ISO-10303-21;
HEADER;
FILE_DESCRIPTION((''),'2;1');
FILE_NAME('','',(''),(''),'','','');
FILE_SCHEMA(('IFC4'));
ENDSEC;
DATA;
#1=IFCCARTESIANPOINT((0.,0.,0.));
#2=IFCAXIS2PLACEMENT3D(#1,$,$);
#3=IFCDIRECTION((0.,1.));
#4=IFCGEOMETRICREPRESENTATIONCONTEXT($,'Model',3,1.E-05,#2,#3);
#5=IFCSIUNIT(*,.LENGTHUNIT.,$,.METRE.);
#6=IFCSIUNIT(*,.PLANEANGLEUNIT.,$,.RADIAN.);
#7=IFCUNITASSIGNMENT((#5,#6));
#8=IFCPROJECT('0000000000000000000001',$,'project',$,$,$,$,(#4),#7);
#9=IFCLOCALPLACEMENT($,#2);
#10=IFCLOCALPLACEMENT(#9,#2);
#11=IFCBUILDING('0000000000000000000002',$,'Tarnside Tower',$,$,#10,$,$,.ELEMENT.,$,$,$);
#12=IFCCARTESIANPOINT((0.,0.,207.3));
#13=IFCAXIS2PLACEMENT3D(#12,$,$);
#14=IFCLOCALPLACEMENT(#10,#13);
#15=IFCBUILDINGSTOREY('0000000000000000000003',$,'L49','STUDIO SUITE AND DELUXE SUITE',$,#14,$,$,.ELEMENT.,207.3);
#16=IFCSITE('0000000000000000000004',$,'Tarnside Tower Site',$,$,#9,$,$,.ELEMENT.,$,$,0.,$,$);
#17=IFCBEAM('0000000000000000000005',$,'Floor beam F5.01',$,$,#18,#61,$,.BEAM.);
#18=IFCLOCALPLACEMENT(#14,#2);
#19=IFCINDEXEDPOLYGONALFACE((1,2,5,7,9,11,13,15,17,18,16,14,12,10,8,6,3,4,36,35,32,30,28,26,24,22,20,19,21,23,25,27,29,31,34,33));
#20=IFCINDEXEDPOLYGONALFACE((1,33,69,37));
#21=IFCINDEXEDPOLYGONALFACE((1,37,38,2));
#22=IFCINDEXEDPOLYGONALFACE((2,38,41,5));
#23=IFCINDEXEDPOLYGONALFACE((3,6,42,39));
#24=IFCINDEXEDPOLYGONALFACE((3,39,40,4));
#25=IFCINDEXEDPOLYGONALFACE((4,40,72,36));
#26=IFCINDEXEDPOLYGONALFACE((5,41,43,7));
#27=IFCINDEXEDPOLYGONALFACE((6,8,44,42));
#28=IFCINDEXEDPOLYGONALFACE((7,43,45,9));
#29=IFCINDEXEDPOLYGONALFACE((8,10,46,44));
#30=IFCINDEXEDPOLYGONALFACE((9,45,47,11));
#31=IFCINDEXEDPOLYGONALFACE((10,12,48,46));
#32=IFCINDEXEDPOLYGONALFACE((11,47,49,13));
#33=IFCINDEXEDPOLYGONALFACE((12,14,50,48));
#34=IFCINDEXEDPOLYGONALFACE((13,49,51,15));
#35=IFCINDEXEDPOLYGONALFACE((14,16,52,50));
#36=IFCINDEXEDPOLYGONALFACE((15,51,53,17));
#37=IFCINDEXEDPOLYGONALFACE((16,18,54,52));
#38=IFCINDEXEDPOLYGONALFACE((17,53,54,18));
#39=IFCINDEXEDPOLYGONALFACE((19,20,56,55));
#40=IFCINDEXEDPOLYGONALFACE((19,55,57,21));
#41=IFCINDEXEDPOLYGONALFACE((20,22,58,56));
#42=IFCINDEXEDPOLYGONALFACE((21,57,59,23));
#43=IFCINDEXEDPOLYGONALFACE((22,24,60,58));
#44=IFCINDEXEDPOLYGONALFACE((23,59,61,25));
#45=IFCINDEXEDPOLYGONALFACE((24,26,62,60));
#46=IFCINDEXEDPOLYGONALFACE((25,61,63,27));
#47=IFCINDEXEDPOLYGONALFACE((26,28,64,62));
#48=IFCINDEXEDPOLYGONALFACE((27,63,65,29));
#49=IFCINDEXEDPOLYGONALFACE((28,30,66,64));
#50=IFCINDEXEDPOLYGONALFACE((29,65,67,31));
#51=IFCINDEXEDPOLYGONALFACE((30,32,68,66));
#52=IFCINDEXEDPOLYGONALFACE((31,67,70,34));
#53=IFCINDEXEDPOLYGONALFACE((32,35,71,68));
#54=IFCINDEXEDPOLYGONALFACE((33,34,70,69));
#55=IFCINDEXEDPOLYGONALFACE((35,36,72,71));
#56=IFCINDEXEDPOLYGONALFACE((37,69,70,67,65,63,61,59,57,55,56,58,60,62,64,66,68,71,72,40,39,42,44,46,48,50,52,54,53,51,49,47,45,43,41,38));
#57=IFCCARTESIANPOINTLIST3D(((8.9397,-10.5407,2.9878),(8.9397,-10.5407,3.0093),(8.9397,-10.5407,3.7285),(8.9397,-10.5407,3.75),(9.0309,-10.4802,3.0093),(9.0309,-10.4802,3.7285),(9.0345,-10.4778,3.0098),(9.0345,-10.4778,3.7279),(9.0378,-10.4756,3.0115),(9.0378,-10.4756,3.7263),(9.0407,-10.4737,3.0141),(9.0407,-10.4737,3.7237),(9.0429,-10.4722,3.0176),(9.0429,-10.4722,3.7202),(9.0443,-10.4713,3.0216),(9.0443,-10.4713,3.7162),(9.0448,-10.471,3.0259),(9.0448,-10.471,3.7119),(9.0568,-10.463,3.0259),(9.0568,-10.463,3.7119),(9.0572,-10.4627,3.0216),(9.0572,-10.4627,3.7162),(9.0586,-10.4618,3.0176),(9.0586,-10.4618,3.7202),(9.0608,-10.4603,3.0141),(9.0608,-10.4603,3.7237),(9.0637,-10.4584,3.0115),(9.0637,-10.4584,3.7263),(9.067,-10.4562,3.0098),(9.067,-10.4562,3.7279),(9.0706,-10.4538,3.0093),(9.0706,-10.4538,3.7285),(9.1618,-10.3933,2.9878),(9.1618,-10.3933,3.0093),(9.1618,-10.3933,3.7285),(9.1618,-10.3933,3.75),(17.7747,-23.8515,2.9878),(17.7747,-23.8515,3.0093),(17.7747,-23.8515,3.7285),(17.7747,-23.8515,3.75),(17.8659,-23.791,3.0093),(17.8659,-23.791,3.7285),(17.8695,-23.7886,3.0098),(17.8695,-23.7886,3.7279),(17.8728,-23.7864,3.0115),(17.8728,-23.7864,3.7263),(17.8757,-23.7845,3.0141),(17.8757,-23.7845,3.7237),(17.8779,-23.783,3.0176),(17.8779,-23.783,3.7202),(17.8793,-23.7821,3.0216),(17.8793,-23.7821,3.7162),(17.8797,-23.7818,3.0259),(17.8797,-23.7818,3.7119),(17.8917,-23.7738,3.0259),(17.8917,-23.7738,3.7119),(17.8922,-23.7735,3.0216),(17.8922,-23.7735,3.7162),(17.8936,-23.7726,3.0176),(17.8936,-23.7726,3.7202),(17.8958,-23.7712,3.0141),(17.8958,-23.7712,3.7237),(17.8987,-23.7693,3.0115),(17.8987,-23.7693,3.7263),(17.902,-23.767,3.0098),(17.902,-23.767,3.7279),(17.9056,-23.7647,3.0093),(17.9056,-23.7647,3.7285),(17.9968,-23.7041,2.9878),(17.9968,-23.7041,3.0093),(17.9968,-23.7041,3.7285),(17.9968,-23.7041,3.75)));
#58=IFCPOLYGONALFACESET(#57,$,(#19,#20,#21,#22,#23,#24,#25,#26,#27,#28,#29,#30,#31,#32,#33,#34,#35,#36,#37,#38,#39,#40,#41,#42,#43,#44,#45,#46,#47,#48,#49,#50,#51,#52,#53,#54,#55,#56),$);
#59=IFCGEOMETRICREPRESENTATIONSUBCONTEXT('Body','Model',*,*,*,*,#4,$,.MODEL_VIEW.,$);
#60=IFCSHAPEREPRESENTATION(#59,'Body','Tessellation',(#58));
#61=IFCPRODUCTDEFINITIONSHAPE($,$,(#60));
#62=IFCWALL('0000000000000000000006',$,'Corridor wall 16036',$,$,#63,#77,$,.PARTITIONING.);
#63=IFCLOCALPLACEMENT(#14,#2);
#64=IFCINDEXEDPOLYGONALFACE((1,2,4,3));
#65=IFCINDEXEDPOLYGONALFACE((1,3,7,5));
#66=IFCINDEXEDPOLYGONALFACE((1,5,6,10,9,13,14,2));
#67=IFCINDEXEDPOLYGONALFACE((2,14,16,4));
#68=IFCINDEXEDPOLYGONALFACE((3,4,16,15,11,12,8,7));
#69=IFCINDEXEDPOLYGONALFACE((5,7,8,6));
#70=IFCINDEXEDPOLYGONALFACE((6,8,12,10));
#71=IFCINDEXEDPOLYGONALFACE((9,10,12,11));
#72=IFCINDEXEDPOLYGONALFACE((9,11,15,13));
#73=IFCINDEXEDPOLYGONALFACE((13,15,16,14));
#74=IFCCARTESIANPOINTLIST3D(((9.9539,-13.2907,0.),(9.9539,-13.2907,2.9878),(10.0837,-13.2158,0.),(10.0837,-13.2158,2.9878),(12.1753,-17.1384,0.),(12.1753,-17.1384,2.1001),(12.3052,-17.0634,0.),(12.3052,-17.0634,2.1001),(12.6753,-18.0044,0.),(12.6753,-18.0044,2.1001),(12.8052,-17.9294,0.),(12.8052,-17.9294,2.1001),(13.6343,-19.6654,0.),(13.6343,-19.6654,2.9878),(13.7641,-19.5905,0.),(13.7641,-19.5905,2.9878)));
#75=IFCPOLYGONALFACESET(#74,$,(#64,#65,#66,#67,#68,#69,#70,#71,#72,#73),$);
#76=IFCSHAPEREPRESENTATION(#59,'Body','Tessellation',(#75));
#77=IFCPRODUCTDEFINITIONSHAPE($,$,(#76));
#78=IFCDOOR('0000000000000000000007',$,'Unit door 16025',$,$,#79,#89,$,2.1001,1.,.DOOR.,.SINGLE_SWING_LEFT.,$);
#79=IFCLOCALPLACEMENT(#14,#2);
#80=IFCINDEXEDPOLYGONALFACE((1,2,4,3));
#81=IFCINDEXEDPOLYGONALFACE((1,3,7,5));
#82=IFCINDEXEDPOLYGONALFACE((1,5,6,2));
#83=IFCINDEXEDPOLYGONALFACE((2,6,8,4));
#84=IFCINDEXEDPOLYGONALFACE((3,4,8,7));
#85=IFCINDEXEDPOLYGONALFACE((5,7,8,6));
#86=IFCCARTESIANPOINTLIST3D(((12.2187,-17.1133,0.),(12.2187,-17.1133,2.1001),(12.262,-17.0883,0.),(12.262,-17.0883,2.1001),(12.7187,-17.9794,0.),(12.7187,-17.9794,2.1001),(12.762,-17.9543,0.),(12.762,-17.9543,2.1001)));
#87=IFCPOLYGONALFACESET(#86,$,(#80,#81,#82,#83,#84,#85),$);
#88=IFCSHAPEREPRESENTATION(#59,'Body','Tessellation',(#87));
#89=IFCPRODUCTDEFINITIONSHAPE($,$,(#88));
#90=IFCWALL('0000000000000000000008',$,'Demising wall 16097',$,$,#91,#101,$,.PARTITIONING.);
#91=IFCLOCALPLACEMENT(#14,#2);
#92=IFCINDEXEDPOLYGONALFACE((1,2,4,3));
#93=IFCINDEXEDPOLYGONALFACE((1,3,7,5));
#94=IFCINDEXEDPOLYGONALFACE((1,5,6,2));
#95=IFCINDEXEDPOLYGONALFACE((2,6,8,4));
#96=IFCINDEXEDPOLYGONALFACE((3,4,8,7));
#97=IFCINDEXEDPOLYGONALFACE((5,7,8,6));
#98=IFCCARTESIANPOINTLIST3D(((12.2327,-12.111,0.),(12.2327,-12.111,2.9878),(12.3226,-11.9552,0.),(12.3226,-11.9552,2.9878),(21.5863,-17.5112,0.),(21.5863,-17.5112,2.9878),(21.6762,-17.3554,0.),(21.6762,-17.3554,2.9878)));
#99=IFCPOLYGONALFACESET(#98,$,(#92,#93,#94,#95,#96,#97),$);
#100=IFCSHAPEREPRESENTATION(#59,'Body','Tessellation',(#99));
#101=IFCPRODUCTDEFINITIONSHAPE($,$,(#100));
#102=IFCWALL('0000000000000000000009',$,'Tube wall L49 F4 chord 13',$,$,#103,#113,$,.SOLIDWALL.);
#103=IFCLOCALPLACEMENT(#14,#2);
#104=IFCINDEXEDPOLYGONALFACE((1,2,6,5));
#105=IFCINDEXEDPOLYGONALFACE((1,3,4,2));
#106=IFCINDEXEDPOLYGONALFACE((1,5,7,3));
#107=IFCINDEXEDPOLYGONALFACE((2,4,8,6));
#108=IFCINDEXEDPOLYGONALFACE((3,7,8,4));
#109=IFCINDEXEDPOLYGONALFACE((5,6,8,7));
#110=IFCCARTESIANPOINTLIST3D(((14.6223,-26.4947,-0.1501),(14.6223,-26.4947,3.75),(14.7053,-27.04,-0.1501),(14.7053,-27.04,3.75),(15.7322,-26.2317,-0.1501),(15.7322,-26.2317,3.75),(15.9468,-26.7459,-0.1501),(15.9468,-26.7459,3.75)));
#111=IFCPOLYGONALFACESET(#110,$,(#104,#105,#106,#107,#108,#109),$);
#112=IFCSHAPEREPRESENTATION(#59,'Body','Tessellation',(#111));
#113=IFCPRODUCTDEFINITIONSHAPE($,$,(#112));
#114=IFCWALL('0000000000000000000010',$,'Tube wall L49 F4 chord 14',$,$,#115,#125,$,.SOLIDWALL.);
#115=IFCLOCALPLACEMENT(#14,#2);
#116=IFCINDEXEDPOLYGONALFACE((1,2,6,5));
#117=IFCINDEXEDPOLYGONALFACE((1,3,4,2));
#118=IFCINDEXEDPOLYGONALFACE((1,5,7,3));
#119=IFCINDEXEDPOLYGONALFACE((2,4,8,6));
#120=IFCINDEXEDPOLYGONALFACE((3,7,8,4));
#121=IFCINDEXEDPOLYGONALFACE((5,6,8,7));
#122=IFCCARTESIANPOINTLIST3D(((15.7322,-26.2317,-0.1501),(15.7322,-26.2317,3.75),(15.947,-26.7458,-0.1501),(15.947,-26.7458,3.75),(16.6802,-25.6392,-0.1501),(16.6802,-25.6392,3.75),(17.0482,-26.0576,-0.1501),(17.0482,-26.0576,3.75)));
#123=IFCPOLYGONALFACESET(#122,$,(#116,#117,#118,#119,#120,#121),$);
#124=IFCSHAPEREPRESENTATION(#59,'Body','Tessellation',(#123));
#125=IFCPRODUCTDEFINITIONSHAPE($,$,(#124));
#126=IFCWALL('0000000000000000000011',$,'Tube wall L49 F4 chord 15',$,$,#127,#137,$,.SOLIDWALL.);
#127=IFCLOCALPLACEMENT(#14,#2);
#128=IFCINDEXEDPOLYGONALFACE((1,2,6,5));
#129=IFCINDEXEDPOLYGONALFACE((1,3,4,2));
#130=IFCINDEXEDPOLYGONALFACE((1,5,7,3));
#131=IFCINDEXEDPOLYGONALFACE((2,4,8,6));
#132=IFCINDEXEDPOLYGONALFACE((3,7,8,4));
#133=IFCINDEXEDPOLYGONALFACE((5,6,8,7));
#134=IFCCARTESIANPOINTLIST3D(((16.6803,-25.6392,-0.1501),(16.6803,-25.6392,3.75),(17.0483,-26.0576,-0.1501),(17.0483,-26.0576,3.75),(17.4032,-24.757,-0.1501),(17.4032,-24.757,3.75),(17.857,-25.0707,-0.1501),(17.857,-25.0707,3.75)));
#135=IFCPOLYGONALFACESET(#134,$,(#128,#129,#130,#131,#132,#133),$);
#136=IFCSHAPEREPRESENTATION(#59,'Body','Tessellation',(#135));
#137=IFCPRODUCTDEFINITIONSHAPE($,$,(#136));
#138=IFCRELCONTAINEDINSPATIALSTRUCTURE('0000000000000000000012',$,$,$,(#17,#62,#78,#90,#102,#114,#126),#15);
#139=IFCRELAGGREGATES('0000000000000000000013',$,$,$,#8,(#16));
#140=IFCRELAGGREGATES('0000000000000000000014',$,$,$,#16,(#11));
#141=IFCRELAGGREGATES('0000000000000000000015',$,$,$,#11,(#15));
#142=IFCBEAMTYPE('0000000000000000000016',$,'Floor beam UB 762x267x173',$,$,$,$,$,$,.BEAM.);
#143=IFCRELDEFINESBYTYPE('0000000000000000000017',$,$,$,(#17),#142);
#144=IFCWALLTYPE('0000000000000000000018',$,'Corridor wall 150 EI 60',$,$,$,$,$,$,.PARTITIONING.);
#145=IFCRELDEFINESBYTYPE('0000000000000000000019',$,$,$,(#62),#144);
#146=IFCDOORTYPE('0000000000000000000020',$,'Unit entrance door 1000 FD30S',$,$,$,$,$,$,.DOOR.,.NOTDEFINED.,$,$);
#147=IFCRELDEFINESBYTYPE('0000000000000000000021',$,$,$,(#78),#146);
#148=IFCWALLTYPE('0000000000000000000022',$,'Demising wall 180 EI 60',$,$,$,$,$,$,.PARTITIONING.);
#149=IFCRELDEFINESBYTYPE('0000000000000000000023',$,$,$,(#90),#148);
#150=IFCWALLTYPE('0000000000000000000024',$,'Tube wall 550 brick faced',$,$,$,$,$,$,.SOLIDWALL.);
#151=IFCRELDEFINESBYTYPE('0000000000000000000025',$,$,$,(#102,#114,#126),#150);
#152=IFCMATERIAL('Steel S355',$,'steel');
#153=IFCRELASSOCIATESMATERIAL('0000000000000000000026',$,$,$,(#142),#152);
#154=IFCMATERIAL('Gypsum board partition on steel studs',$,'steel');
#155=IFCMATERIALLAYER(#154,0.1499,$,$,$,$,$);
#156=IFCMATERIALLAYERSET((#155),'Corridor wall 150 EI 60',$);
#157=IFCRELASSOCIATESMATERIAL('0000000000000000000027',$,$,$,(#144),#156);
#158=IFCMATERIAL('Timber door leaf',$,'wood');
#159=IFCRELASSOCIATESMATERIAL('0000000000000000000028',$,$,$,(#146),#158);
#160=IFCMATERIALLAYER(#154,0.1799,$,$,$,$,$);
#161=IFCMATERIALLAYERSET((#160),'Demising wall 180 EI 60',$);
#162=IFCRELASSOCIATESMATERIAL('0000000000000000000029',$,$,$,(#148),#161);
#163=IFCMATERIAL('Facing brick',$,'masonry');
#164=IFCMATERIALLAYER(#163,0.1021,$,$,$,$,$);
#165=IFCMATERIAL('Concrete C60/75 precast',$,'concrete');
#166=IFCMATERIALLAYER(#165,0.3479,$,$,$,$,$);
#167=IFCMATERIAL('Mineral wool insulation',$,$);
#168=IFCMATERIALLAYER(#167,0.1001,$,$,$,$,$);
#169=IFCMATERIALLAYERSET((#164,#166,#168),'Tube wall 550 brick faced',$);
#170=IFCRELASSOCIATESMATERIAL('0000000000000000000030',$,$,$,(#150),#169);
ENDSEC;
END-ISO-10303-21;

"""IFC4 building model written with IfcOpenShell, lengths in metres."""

from ifc_helpers import new_model, si_unit, direction, frame, frame_2d, origin, origin_2d, place, context, subcontext, project, spatial, polyline, rectangle, i_section, outline, extrude, material, layer, layer_set, material_profile, profile_set, type_object, element, fill, save


model = new_model("IFC4")

# Units and contexts
model_context = context("Model", 3, precision=1e-05, world=origin(), true_north=direction((0.0, 1.0)))
body_context = subcontext(model_context, "Body", "Model", "MODEL_VIEW")
ifc_project = project(units=[si_unit("LENGTHUNIT", "METRE"), si_unit("PLANEANGLEUNIT", "RADIAN")], contexts=[model_context])

# Site, building, storey
site_placement = place(None, origin())
site = spatial("IfcSite", under=ifc_project, at=site_placement, Name="Tarnside Tower Site", CompositionType="ELEMENT", RefElevation=0.0)
building_placement = place(site_placement, origin())
building = spatial("IfcBuilding", under=site, at=building_placement, Name="Tarnside Tower", CompositionType="ELEMENT")
storey_placement = place(building_placement, frame((0.0, 0.0, 207.3)))
storey = spatial("IfcBuildingStorey", under=building, at=storey_placement, Name="L49", Description="STUDIO SUITE AND DELUXE SUITE", CompositionType="ELEMENT", Elevation=207.3)

# Beam
ifc_material_1 = material(Name="Steel S355", Category="steel")
ifc_material_profile_1 = material_profile(ifc_material_1, i_section(OverallWidth=0.2666, OverallDepth=0.7622, WebThickness=0.0144, FlangeThickness=0.0215, FilletRadius=0.0166, at=origin_2d()), Name="UB 762x267x173")
ifc_profile_set_1 = profile_set([ifc_material_profile_1], Name="Steel S355")
beam_type_1 = type_object("IfcBeamType", Name="Floor beam UB 762x267x173", PredefinedType="BEAM", material=ifc_profile_set_1)
beam_1_placement = place(storey_placement, frame((17.8857, -23.7778, 3.3689), z_axis=(-0.553013, 0.833172, 0.0), x_axis=(-0.833172, -0.553013, 0.0)))
element("IfcBeam", 1, at=beam_1_placement, inside=storey, type_object=beam_type_1, Name="Floor beam F5.01", PredefinedType="BEAM", context=body_context, shape_type="SweptSolid", body=[
    extrude(i_section(OverallWidth=0.2666, OverallDepth=0.7622, WebThickness=0.0144, FlangeThickness=0.0215, FilletRadius=0.0166, at=origin_2d()), origin(), (0.0, 0.0, 1.0), 15.9761),
])

# Wall, opening, door
ifc_material_2 = material(Name="Gypsum board partition on steel studs", Category="steel")
ifc_layer_1 = layer(ifc_material_2, 0.1499)
ifc_layer_set_1 = layer_set([ifc_layer_1], Name="Corridor wall 150 EI 60")
wall_type_1 = type_object("IfcWallType", Name="Corridor wall 150 EI 60", PredefinedType="PARTITIONING", material=ifc_layer_set_1)
wall_1_placement = place(storey_placement, frame((13.6992, -19.6279, 0.0), z_axis=(0.0, 0.0, 1.0), x_axis=(-0.499995, 0.866028, 0.0)))
wall_1 = element("IfcWall", 2, at=wall_1_placement, inside=storey, type_object=wall_type_1, Name="Corridor wall 16036", PredefinedType="PARTITIONING", context=body_context, shape_type="SweptSolid", body=[
    extrude(rectangle(XDim=7.3608, YDim=0.1499, at=frame_2d((3.6804, 0.0))), origin(), (0.0, 0.0, 1.0), 2.9878),
])
opening_1_placement = place(wall_1_placement, frame((1.918, 0.0, 0.0)))
opening_1 = element("IfcOpeningElement", 3, at=opening_1_placement, cuts=wall_1, PredefinedType="OPENING", context=body_context, shape_type="SweptSolid", body=[
    extrude(rectangle(XDim=1.0, YDim=2.1001, at=frame_2d((0.5, 1.05))), frame((0.0, 0.085, 0.0), z_axis=(0.0, -1.0, 0.0), x_axis=(1.0, 0.0, 0.0)), (0.0, 0.0, 1.0), 0.1699),
])
ifc_material_3 = material(Name="Timber door leaf", Category="wood")
door_type = type_object("IfcDoorType", Name="Unit entrance door 1000 FD30S", OperationType="NOTDEFINED", PredefinedType="DOOR", material=ifc_material_3)
door_placement = place(opening_1_placement, origin())
door = element("IfcDoor", 4, at=door_placement, inside=storey, type_object=door_type, Name="Unit door 16025", OperationType="SINGLE_SWING_LEFT", OverallHeight=2.1001, OverallWidth=1.0, PredefinedType="DOOR", context=body_context, shape_type="SweptSolid", body=[
    extrude(rectangle(XDim=1.0, YDim=2.1001, at=frame_2d((0.5, 1.05))), frame((0.0, 0.0249, 0.0), z_axis=(0.0, -1.0, 0.0), x_axis=(1.0, 0.0, 0.0)), (0.0, 0.0, 1.0), 0.05),
])
fill(opening_1, door)

# Walls
ifc_layer_2 = layer(ifc_material_2, 0.1799)
ifc_layer_set_2 = layer_set([ifc_layer_2], Name="Demising wall 180 EI 60")
wall_type_2 = type_object("IfcWallType", Name="Demising wall 180 EI 60", PredefinedType="PARTITIONING", material=ifc_layer_set_2)
wall_2_placement = place(storey_placement, frame((21.6313, -17.4333, 0.0), z_axis=(0.0, 0.0, 1.0), x_axis=(-0.86603, 0.499992, 0.0)))
element("IfcWall", 5, at=wall_2_placement, inside=storey, type_object=wall_type_2, Name="Demising wall 16097", PredefinedType="PARTITIONING", context=body_context, shape_type="SweptSolid", body=[
    extrude(rectangle(XDim=10.8005, YDim=0.1799, at=frame_2d((5.4004, 0.0))), origin(), (0.0, 0.0, 1.0), 2.9878),
])
ifc_material_4 = material(Name="Facing brick", Category="masonry")
ifc_layer_3 = layer(ifc_material_4, 0.1021)
ifc_material_5 = material(Name="Concrete C60/75 precast", Category="concrete")
ifc_layer_4 = layer(ifc_material_5, 0.3479)
ifc_material_6 = material(Name="Mineral wool insulation")
ifc_layer_5 = layer(ifc_material_6, 0.1001)
ifc_layer_set_3 = layer_set([ifc_layer_3, ifc_layer_4, ifc_layer_5], Name="Tube wall 550 brick faced")
wall_type_3 = type_object("IfcWallType", Name="Tube wall 550 brick faced", PredefinedType="SOLIDWALL", material=ifc_layer_set_3)
wall_3_placement = place(storey_placement, frame((14.6638, -26.7673, -0.1501), z_axis=(0.0, 0.0, 1.0), x_axis=(0.973064, 0.230537, 0.0)))
element("IfcWall", 6, at=wall_3_placement, inside=storey, type_object=wall_type_3, Name="Tube wall L49 F4 chord 13", PredefinedType="SOLIDWALL", context=body_context, shape_type="SweptSolid", body=[
    extrude(outline(polyline([(-0.0225, -0.2749), (1.2534, -0.2749), (1.1631, 0.2749), (0.0225, 0.2749), (-0.0225, -0.2749)])), origin(), (0.0, 0.0, 1.0), 3.9001),
])
wall_4_placement = place(storey_placement, frame((15.8396, -26.4888, -0.1501), z_axis=(0.0, 0.0, 1.0), x_axis=(0.84801, 0.529981, 0.0)))
element("IfcWall", 7, at=wall_4_placement, inside=storey, type_object=wall_type_3, Name="Tube wall L49 F4 chord 14", PredefinedType="SOLIDWALL", context=body_context, shape_type="SweptSolid", body=[
    extrude(outline(polyline([(-0.0452, -0.2749), (1.2534, -0.2749), (1.1631, 0.2749), (0.0452, 0.2749), (-0.0452, -0.2749)])), origin(), (0.0, 0.0, 1.0), 3.9001),
])
wall_5_placement = place(storey_placement, frame((16.8643, -25.8484, -0.1501), z_axis=(0.0, 0.0, 1.0), x_axis=(0.633843, 0.773462, 0.0)))
element("IfcWall", 8, at=wall_5_placement, inside=storey, type_object=wall_type_3, Name="Tube wall L49 F4 chord 15", PredefinedType="SOLIDWALL", context=body_context, shape_type="SweptSolid", body=[
    extrude(outline(polyline([(-0.0452, -0.2749), (1.2307, -0.2749), (1.1858, 0.2749), (0.0452, 0.2749), (-0.0452, -0.2749)])), origin(), (0.0, 0.0, 1.0), 3.9001),
])

save(model, "model.ifc")
